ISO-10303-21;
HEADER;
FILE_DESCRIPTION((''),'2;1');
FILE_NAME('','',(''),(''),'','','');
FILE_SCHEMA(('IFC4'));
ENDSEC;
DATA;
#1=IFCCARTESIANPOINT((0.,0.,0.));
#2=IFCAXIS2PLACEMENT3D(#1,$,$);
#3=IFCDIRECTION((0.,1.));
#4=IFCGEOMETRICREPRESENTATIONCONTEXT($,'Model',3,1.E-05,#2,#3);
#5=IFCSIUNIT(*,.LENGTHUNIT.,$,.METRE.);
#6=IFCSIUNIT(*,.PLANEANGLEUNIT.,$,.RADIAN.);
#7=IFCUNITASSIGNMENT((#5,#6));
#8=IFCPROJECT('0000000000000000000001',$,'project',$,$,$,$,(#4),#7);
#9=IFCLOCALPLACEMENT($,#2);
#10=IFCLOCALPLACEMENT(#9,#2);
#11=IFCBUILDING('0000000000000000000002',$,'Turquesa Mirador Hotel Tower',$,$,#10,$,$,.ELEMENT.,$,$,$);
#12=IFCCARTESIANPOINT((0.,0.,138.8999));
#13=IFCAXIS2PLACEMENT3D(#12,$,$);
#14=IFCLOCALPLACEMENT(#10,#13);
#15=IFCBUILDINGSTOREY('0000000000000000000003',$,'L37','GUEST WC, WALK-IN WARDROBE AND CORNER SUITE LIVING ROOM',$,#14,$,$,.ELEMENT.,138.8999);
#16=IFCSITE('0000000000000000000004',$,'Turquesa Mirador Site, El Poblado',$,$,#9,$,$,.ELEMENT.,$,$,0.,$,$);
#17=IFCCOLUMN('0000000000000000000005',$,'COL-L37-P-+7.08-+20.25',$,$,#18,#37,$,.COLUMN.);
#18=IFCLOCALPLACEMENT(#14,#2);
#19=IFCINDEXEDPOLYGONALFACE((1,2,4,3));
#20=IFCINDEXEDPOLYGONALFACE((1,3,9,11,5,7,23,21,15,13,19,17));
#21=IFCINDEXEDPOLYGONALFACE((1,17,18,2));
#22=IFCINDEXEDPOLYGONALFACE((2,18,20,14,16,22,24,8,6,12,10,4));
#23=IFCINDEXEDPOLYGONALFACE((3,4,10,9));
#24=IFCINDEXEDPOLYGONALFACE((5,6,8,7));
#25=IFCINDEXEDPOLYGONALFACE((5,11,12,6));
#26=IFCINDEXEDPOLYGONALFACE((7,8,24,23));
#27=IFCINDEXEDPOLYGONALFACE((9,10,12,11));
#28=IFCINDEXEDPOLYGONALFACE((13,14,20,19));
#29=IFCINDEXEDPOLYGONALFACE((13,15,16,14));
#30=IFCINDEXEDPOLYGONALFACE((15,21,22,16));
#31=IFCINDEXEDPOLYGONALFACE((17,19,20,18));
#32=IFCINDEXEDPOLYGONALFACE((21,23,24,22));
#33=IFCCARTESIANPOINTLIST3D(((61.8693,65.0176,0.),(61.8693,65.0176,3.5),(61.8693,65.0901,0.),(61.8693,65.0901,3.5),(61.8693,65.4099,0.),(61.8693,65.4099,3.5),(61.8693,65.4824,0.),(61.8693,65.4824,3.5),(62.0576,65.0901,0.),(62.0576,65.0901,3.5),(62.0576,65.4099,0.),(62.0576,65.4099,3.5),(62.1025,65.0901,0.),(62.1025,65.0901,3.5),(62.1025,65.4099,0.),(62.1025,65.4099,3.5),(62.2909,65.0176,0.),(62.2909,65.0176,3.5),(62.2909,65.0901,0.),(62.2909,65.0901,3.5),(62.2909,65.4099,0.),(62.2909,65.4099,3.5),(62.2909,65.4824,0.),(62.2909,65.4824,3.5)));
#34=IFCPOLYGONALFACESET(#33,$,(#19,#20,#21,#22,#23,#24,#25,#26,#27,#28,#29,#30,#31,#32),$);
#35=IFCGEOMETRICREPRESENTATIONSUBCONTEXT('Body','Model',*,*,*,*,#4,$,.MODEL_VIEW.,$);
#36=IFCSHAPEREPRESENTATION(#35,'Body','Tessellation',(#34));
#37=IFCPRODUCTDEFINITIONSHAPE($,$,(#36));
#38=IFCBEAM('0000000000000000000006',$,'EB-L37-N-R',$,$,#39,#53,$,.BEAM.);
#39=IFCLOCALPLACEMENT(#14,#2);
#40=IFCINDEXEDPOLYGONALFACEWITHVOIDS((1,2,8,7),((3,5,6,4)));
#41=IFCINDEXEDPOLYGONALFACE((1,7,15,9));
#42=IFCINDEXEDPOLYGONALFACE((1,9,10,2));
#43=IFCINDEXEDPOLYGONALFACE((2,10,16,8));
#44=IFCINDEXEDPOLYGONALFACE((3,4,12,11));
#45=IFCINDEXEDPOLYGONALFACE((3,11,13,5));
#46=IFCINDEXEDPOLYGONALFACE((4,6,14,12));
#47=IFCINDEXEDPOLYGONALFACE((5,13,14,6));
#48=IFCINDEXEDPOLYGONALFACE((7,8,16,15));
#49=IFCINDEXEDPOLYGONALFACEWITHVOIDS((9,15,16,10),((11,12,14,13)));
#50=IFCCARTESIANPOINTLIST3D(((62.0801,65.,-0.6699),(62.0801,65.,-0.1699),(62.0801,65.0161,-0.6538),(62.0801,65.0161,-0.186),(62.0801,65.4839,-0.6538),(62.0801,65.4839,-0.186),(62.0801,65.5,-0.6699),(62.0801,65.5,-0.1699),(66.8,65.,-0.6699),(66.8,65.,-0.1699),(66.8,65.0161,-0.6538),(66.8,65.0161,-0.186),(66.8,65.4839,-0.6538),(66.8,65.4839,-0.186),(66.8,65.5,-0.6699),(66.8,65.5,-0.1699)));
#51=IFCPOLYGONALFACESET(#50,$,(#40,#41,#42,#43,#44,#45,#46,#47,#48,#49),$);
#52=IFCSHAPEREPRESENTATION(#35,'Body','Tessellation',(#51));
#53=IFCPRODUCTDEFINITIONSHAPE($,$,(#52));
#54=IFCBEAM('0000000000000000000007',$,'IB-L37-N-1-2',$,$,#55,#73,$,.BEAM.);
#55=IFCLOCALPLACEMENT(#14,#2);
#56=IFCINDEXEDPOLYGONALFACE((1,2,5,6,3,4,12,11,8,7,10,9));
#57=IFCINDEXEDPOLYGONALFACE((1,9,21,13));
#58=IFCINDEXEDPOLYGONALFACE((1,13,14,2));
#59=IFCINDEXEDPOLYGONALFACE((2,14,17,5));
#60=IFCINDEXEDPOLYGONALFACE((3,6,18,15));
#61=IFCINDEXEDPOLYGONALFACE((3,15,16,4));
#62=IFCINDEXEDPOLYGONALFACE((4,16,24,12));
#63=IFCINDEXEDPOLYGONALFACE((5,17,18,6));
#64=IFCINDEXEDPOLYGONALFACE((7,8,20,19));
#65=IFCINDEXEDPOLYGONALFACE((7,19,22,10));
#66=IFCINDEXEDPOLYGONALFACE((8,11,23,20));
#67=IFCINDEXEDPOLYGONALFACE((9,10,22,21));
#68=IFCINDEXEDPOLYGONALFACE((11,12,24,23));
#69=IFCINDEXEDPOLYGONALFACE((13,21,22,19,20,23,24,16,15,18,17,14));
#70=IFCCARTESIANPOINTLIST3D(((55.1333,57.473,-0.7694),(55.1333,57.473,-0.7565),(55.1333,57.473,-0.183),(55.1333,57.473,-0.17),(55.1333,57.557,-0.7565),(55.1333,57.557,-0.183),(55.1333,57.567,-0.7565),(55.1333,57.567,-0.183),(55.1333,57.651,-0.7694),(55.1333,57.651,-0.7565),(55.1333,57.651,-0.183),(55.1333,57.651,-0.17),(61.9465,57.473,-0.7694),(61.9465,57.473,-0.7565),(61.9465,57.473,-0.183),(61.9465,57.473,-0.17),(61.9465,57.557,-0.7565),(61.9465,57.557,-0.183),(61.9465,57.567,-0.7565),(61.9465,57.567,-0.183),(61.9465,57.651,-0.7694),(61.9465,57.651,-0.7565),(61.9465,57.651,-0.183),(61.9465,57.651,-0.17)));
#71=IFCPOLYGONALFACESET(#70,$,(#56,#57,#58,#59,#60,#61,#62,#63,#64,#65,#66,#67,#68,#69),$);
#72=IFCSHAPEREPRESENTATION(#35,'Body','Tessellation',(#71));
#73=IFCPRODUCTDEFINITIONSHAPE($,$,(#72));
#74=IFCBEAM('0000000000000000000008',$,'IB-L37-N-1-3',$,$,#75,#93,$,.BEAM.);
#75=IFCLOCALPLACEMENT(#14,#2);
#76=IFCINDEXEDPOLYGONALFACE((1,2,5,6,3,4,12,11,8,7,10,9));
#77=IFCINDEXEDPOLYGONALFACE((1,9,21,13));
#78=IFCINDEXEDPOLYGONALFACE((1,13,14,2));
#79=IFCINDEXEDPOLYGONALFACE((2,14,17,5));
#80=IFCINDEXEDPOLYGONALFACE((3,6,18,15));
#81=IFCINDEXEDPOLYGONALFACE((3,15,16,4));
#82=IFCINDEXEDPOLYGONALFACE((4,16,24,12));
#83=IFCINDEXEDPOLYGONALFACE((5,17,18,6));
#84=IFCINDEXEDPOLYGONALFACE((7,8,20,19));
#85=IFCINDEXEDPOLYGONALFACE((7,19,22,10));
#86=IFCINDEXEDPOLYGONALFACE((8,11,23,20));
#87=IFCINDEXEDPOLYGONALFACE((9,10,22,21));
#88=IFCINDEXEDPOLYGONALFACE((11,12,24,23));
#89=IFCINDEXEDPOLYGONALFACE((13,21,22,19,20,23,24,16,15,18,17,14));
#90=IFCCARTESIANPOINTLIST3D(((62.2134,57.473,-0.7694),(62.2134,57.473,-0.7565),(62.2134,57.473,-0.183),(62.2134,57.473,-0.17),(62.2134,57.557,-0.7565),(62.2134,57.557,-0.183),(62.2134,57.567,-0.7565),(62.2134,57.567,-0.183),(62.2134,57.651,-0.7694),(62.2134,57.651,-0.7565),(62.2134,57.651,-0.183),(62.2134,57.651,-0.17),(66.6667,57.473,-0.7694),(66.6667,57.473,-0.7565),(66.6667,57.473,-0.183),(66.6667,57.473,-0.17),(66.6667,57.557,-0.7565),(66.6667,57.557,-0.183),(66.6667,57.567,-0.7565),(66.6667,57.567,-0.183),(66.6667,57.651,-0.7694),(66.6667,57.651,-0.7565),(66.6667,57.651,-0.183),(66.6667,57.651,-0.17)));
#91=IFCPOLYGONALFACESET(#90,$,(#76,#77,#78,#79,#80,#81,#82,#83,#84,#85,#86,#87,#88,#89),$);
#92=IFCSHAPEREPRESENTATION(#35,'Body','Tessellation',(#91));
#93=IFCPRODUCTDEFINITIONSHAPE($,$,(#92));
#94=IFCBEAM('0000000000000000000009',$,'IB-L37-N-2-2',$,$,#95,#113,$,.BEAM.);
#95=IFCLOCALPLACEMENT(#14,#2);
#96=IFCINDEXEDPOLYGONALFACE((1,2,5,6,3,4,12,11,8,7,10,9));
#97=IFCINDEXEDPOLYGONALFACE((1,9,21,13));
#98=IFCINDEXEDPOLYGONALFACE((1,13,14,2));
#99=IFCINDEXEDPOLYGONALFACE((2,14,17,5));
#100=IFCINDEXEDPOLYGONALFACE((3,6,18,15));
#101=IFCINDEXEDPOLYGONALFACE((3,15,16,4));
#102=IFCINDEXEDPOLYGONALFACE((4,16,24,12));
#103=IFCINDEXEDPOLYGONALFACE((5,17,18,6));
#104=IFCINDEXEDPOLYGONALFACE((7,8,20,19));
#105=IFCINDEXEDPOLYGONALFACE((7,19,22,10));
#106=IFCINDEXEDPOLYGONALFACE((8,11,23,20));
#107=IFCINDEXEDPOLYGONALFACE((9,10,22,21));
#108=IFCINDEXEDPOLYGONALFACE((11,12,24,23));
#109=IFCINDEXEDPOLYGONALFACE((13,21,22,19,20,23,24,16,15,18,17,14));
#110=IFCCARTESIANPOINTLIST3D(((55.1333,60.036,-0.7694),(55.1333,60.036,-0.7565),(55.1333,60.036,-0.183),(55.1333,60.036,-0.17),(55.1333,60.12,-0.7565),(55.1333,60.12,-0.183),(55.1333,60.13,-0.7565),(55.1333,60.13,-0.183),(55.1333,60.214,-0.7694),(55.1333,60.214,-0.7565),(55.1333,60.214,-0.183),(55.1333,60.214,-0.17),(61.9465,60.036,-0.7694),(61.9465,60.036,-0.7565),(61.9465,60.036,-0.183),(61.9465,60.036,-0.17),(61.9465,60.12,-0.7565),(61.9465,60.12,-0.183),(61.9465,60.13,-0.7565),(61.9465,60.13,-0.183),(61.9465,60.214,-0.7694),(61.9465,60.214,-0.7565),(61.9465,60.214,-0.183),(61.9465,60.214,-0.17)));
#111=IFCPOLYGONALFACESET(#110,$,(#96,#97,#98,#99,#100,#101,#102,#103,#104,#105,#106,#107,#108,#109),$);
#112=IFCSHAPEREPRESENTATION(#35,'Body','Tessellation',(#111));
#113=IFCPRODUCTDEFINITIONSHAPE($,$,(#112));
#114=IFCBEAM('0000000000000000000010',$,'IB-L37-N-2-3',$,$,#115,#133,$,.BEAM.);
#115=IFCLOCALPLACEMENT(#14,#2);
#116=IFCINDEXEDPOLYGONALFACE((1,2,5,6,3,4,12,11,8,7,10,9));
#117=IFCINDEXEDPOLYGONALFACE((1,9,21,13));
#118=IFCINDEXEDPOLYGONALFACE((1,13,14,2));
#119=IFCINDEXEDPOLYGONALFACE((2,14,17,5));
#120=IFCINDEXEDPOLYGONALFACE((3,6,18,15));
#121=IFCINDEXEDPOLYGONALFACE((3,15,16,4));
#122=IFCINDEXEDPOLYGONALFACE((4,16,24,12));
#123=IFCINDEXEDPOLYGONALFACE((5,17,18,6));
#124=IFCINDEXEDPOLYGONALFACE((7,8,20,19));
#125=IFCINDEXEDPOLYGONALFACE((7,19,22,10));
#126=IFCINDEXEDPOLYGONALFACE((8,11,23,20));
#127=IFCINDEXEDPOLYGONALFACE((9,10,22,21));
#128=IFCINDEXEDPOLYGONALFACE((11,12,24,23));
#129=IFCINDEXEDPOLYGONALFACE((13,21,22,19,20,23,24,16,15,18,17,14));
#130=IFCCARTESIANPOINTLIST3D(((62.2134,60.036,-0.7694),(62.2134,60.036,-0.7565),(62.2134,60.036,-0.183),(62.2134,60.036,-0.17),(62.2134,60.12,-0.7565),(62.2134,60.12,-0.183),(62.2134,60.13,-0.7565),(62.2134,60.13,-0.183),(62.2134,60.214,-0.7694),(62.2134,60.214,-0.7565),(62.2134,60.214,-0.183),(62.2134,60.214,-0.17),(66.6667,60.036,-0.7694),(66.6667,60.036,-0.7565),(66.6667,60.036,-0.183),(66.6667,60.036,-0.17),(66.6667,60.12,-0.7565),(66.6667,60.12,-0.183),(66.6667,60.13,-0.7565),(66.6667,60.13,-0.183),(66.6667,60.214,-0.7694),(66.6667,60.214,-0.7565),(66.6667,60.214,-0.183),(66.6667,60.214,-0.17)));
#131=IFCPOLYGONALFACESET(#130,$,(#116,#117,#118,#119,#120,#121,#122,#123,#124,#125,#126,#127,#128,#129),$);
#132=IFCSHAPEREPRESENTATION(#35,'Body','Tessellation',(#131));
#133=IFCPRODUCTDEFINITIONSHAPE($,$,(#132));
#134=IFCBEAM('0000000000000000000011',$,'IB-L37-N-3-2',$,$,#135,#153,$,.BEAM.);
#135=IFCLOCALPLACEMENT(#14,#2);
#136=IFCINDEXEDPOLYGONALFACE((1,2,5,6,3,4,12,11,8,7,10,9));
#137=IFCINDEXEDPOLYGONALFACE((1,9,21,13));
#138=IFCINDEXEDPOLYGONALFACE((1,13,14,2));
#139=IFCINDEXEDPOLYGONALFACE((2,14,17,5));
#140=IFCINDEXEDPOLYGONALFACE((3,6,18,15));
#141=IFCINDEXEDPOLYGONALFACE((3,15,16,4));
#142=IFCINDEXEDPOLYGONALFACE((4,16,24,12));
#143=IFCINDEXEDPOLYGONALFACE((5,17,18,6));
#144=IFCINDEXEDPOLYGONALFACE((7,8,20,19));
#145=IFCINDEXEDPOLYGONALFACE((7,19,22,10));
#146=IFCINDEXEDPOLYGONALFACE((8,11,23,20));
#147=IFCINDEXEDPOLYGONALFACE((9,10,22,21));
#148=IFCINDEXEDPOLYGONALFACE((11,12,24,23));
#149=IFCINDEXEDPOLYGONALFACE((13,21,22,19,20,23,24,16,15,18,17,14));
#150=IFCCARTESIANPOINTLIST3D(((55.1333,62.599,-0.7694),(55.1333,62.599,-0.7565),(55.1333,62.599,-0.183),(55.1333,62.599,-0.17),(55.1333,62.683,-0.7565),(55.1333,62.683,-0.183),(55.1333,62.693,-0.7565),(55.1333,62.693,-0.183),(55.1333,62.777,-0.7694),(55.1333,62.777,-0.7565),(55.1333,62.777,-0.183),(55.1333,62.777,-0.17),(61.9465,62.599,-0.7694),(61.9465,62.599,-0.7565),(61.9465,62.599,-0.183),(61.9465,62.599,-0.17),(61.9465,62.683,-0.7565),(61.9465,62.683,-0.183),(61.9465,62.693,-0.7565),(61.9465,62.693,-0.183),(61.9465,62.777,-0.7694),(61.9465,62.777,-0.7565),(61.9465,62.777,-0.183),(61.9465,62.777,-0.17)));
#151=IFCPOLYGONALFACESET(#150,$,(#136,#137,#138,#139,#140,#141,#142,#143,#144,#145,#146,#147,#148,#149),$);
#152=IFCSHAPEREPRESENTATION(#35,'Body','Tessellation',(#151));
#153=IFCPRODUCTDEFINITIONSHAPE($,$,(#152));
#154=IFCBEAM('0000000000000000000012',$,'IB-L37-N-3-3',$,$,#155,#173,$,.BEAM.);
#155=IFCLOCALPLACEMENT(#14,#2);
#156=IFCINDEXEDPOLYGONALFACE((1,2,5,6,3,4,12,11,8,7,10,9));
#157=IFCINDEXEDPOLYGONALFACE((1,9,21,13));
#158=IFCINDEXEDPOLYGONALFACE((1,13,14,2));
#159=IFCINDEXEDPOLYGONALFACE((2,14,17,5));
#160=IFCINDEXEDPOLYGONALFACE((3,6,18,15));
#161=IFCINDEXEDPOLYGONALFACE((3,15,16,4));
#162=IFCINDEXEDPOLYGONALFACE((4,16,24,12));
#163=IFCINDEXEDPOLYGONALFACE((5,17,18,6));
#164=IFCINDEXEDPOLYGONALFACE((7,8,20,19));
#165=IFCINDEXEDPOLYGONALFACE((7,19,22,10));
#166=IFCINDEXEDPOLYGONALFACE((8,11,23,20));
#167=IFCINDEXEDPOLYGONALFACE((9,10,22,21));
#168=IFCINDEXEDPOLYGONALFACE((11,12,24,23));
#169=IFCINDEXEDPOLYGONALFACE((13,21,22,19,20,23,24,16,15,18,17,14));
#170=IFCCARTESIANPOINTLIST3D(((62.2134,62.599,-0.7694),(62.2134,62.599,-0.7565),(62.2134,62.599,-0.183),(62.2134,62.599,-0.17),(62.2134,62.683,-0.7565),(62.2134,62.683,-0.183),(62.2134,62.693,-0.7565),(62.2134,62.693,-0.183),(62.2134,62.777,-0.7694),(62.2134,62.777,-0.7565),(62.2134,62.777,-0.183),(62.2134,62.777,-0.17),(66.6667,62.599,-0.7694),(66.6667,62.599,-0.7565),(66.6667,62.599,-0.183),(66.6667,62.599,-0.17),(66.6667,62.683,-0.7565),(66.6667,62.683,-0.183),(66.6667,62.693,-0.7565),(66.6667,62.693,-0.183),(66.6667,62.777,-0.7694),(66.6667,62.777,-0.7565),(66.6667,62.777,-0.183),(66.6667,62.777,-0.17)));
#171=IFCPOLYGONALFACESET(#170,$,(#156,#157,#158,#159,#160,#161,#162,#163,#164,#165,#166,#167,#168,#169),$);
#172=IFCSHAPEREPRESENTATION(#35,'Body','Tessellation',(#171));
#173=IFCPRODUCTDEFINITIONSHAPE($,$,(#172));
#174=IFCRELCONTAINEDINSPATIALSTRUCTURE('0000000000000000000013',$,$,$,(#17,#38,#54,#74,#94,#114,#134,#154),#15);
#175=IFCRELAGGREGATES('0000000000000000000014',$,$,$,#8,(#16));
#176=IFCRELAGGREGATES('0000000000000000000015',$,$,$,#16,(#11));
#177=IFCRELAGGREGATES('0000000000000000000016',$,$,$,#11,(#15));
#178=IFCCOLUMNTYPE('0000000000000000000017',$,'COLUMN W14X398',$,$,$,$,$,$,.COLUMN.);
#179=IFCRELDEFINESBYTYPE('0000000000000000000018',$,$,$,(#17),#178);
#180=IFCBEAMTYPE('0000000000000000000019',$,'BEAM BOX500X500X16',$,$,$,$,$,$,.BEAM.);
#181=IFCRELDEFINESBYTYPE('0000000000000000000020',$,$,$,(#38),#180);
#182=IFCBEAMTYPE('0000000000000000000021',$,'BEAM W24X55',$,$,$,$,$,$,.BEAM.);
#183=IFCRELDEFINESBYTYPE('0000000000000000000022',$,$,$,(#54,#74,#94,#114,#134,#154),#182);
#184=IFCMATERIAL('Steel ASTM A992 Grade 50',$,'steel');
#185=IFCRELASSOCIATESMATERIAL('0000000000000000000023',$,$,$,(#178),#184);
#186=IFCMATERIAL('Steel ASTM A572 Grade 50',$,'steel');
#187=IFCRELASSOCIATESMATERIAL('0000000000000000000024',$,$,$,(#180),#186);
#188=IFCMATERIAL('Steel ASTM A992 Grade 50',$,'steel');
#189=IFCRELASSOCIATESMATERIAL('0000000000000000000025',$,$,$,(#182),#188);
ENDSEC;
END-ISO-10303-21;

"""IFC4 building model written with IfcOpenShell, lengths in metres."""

from ifc_helpers import new_model, si_unit, direction, frame, origin, origin_2d, place, context, subcontext, project, spatial, hollow_rectangle, i_section, extrude, material, material_profile, profile_set, type_object, element, save


model = new_model("IFC4")

# Units and contexts
model_context = context("Model", 3, precision=1e-05, world=origin(), true_north=direction((0.0, 1.0)))
body_context = subcontext(model_context, "Body", "Model", "MODEL_VIEW")
ifc_project = project(units=[si_unit("LENGTHUNIT", "METRE"), si_unit("PLANEANGLEUNIT", "RADIAN")], contexts=[model_context])

# Site, building, storey
site_placement = place(None, origin())
site = spatial("IfcSite", under=ifc_project, at=site_placement, Name="Turquesa Mirador Site, El Poblado", CompositionType="ELEMENT", RefElevation=0.0)
building_placement = place(site_placement, origin())
building = spatial("IfcBuilding", under=site, at=building_placement, Name="Turquesa Mirador Hotel Tower", CompositionType="ELEMENT")
storey_placement = place(building_placement, frame((0.0, 0.0, 138.8999)))
storey = spatial("IfcBuildingStorey", under=building, at=storey_placement, Name="L37", Description="GUEST WC, WALK-IN WARDROBE AND CORNER SUITE LIVING ROOM", CompositionType="ELEMENT", Elevation=138.8999)

# Column
ifc_material_1 = material(Name="Steel ASTM A992 Grade 50", Category="steel")
ifc_material_profile_1 = material_profile(ifc_material_1, i_section(OverallWidth=0.4216, OverallDepth=0.4648, WebThickness=0.0449, FlangeThickness=0.0725, at=origin_2d()), Name="W14X398")
ifc_profile_set_1 = profile_set([ifc_material_profile_1], Name="Steel ASTM A992 Grade 50")
column_type = type_object("IfcColumnType", Name="COLUMN W14X398", PredefinedType="COLUMN", material=ifc_profile_set_1)
column_placement = place(storey_placement, frame((62.0801, 65.25, 0.0), z_axis=(0.0, 0.0, 1.0), x_axis=(1.0, 0.0, 0.0)))
element("IfcColumn", 1, at=column_placement, inside=storey, type_object=column_type, Name="COL-L37-P-+7.08-+20.25", PredefinedType="COLUMN", context=body_context, shape_type="SweptSolid", body=[
    extrude(i_section(OverallWidth=0.4216, OverallDepth=0.4648, WebThickness=0.0449, FlangeThickness=0.0725, at=origin_2d()), origin(), (0.0, 0.0, 1.0), 3.5),
])

# Beams
ifc_material_2 = material(Name="Steel ASTM A572 Grade 50", Category="steel")
ifc_material_profile_2 = material_profile(ifc_material_2, hollow_rectangle(XDim=0.5, YDim=0.5, WallThickness=0.0161, at=origin_2d()), Name="BOX500X500X16")
ifc_profile_set_2 = profile_set([ifc_material_profile_2], Name="Steel ASTM A572 Grade 50")
beam_type_1 = type_object("IfcBeamType", Name="BEAM BOX500X500X16", PredefinedType="BEAM", material=ifc_profile_set_2)
beam_1_placement = place(storey_placement, frame((62.0801, 65.25, -0.4199), z_axis=(1.0, 0.0, 0.0), x_axis=(0.0, 1.0, 0.0)))
element("IfcBeam", 2, at=beam_1_placement, inside=storey, type_object=beam_type_1, Name="EB-L37-N-R", PredefinedType="BEAM", context=body_context, shape_type="SweptSolid", body=[
    extrude(hollow_rectangle(XDim=0.5, YDim=0.5, WallThickness=0.0161, at=origin_2d()), origin(), (0.0, 0.0, 1.0), 4.72),
])
ifc_material_3 = material(Name="Steel ASTM A992 Grade 50", Category="steel")
ifc_material_profile_3 = material_profile(ifc_material_3, i_section(OverallWidth=0.178, OverallDepth=0.5994, WebThickness=0.01, FlangeThickness=0.0129, at=origin_2d()), Name="W24X55")
ifc_profile_set_3 = profile_set([ifc_material_profile_3], Name="Steel ASTM A992 Grade 50")
beam_type_2 = type_object("IfcBeamType", Name="BEAM W24X55", PredefinedType="BEAM", material=ifc_profile_set_3)
beam_2_placement = place(storey_placement, frame((55.1333, 57.562, -0.4697), z_axis=(1.0, 0.0, 0.0), x_axis=(0.0, 1.0, 0.0)))
element("IfcBeam", 3, at=beam_2_placement, inside=storey, type_object=beam_type_2, Name="IB-L37-N-1-2", PredefinedType="BEAM", context=body_context, shape_type="SweptSolid", body=[
    extrude(i_section(OverallWidth=0.178, OverallDepth=0.5994, WebThickness=0.01, FlangeThickness=0.0129, at=origin_2d()), origin(), (0.0, 0.0, 1.0), 6.8132),
])
beam_3_placement = place(storey_placement, frame((62.2134, 57.562, -0.4697), z_axis=(1.0, 0.0, 0.0), x_axis=(0.0, 1.0, 0.0)))
element("IfcBeam", 4, at=beam_3_placement, inside=storey, type_object=beam_type_2, Name="IB-L37-N-1-3", PredefinedType="BEAM", context=body_context, shape_type="SweptSolid", body=[
    extrude(i_section(OverallWidth=0.178, OverallDepth=0.5994, WebThickness=0.01, FlangeThickness=0.0129, at=origin_2d()), origin(), (0.0, 0.0, 1.0), 4.4534),
])
beam_4_placement = place(storey_placement, frame((55.1333, 60.125, -0.4697), z_axis=(1.0, 0.0, 0.0), x_axis=(0.0, 1.0, 0.0)))
element("IfcBeam", 5, at=beam_4_placement, inside=storey, type_object=beam_type_2, Name="IB-L37-N-2-2", PredefinedType="BEAM", context=body_context, shape_type="SweptSolid", body=[
    extrude(i_section(OverallWidth=0.178, OverallDepth=0.5994, WebThickness=0.01, FlangeThickness=0.0129, at=origin_2d()), origin(), (0.0, 0.0, 1.0), 6.8132),
])
beam_5_placement = place(storey_placement, frame((62.2134, 60.125, -0.4697), z_axis=(1.0, 0.0, 0.0), x_axis=(0.0, 1.0, 0.0)))
element("IfcBeam", 6, at=beam_5_placement, inside=storey, type_object=beam_type_2, Name="IB-L37-N-2-3", PredefinedType="BEAM", context=body_context, shape_type="SweptSolid", body=[
    extrude(i_section(OverallWidth=0.178, OverallDepth=0.5994, WebThickness=0.01, FlangeThickness=0.0129, at=origin_2d()), origin(), (0.0, 0.0, 1.0), 4.4534),
])
beam_6_placement = place(storey_placement, frame((55.1333, 62.688, -0.4697), z_axis=(1.0, 0.0, 0.0), x_axis=(0.0, 1.0, 0.0)))
element("IfcBeam", 7, at=beam_6_placement, inside=storey, type_object=beam_type_2, Name="IB-L37-N-3-2", PredefinedType="BEAM", context=body_context, shape_type="SweptSolid", body=[
    extrude(i_section(OverallWidth=0.178, OverallDepth=0.5994, WebThickness=0.01, FlangeThickness=0.0129, at=origin_2d()), origin(), (0.0, 0.0, 1.0), 6.8132),
])
beam_7_placement = place(storey_placement, frame((62.2134, 62.688, -0.4697), z_axis=(1.0, 0.0, 0.0), x_axis=(0.0, 1.0, 0.0)))
element("IfcBeam", 8, at=beam_7_placement, inside=storey, type_object=beam_type_2, Name="IB-L37-N-3-3", PredefinedType="BEAM", context=body_context, shape_type="SweptSolid", body=[
    extrude(i_section(OverallWidth=0.178, OverallDepth=0.5994, WebThickness=0.01, FlangeThickness=0.0129, at=origin_2d()), origin(), (0.0, 0.0, 1.0), 4.4534),
])

save(model, "model.ifc")
